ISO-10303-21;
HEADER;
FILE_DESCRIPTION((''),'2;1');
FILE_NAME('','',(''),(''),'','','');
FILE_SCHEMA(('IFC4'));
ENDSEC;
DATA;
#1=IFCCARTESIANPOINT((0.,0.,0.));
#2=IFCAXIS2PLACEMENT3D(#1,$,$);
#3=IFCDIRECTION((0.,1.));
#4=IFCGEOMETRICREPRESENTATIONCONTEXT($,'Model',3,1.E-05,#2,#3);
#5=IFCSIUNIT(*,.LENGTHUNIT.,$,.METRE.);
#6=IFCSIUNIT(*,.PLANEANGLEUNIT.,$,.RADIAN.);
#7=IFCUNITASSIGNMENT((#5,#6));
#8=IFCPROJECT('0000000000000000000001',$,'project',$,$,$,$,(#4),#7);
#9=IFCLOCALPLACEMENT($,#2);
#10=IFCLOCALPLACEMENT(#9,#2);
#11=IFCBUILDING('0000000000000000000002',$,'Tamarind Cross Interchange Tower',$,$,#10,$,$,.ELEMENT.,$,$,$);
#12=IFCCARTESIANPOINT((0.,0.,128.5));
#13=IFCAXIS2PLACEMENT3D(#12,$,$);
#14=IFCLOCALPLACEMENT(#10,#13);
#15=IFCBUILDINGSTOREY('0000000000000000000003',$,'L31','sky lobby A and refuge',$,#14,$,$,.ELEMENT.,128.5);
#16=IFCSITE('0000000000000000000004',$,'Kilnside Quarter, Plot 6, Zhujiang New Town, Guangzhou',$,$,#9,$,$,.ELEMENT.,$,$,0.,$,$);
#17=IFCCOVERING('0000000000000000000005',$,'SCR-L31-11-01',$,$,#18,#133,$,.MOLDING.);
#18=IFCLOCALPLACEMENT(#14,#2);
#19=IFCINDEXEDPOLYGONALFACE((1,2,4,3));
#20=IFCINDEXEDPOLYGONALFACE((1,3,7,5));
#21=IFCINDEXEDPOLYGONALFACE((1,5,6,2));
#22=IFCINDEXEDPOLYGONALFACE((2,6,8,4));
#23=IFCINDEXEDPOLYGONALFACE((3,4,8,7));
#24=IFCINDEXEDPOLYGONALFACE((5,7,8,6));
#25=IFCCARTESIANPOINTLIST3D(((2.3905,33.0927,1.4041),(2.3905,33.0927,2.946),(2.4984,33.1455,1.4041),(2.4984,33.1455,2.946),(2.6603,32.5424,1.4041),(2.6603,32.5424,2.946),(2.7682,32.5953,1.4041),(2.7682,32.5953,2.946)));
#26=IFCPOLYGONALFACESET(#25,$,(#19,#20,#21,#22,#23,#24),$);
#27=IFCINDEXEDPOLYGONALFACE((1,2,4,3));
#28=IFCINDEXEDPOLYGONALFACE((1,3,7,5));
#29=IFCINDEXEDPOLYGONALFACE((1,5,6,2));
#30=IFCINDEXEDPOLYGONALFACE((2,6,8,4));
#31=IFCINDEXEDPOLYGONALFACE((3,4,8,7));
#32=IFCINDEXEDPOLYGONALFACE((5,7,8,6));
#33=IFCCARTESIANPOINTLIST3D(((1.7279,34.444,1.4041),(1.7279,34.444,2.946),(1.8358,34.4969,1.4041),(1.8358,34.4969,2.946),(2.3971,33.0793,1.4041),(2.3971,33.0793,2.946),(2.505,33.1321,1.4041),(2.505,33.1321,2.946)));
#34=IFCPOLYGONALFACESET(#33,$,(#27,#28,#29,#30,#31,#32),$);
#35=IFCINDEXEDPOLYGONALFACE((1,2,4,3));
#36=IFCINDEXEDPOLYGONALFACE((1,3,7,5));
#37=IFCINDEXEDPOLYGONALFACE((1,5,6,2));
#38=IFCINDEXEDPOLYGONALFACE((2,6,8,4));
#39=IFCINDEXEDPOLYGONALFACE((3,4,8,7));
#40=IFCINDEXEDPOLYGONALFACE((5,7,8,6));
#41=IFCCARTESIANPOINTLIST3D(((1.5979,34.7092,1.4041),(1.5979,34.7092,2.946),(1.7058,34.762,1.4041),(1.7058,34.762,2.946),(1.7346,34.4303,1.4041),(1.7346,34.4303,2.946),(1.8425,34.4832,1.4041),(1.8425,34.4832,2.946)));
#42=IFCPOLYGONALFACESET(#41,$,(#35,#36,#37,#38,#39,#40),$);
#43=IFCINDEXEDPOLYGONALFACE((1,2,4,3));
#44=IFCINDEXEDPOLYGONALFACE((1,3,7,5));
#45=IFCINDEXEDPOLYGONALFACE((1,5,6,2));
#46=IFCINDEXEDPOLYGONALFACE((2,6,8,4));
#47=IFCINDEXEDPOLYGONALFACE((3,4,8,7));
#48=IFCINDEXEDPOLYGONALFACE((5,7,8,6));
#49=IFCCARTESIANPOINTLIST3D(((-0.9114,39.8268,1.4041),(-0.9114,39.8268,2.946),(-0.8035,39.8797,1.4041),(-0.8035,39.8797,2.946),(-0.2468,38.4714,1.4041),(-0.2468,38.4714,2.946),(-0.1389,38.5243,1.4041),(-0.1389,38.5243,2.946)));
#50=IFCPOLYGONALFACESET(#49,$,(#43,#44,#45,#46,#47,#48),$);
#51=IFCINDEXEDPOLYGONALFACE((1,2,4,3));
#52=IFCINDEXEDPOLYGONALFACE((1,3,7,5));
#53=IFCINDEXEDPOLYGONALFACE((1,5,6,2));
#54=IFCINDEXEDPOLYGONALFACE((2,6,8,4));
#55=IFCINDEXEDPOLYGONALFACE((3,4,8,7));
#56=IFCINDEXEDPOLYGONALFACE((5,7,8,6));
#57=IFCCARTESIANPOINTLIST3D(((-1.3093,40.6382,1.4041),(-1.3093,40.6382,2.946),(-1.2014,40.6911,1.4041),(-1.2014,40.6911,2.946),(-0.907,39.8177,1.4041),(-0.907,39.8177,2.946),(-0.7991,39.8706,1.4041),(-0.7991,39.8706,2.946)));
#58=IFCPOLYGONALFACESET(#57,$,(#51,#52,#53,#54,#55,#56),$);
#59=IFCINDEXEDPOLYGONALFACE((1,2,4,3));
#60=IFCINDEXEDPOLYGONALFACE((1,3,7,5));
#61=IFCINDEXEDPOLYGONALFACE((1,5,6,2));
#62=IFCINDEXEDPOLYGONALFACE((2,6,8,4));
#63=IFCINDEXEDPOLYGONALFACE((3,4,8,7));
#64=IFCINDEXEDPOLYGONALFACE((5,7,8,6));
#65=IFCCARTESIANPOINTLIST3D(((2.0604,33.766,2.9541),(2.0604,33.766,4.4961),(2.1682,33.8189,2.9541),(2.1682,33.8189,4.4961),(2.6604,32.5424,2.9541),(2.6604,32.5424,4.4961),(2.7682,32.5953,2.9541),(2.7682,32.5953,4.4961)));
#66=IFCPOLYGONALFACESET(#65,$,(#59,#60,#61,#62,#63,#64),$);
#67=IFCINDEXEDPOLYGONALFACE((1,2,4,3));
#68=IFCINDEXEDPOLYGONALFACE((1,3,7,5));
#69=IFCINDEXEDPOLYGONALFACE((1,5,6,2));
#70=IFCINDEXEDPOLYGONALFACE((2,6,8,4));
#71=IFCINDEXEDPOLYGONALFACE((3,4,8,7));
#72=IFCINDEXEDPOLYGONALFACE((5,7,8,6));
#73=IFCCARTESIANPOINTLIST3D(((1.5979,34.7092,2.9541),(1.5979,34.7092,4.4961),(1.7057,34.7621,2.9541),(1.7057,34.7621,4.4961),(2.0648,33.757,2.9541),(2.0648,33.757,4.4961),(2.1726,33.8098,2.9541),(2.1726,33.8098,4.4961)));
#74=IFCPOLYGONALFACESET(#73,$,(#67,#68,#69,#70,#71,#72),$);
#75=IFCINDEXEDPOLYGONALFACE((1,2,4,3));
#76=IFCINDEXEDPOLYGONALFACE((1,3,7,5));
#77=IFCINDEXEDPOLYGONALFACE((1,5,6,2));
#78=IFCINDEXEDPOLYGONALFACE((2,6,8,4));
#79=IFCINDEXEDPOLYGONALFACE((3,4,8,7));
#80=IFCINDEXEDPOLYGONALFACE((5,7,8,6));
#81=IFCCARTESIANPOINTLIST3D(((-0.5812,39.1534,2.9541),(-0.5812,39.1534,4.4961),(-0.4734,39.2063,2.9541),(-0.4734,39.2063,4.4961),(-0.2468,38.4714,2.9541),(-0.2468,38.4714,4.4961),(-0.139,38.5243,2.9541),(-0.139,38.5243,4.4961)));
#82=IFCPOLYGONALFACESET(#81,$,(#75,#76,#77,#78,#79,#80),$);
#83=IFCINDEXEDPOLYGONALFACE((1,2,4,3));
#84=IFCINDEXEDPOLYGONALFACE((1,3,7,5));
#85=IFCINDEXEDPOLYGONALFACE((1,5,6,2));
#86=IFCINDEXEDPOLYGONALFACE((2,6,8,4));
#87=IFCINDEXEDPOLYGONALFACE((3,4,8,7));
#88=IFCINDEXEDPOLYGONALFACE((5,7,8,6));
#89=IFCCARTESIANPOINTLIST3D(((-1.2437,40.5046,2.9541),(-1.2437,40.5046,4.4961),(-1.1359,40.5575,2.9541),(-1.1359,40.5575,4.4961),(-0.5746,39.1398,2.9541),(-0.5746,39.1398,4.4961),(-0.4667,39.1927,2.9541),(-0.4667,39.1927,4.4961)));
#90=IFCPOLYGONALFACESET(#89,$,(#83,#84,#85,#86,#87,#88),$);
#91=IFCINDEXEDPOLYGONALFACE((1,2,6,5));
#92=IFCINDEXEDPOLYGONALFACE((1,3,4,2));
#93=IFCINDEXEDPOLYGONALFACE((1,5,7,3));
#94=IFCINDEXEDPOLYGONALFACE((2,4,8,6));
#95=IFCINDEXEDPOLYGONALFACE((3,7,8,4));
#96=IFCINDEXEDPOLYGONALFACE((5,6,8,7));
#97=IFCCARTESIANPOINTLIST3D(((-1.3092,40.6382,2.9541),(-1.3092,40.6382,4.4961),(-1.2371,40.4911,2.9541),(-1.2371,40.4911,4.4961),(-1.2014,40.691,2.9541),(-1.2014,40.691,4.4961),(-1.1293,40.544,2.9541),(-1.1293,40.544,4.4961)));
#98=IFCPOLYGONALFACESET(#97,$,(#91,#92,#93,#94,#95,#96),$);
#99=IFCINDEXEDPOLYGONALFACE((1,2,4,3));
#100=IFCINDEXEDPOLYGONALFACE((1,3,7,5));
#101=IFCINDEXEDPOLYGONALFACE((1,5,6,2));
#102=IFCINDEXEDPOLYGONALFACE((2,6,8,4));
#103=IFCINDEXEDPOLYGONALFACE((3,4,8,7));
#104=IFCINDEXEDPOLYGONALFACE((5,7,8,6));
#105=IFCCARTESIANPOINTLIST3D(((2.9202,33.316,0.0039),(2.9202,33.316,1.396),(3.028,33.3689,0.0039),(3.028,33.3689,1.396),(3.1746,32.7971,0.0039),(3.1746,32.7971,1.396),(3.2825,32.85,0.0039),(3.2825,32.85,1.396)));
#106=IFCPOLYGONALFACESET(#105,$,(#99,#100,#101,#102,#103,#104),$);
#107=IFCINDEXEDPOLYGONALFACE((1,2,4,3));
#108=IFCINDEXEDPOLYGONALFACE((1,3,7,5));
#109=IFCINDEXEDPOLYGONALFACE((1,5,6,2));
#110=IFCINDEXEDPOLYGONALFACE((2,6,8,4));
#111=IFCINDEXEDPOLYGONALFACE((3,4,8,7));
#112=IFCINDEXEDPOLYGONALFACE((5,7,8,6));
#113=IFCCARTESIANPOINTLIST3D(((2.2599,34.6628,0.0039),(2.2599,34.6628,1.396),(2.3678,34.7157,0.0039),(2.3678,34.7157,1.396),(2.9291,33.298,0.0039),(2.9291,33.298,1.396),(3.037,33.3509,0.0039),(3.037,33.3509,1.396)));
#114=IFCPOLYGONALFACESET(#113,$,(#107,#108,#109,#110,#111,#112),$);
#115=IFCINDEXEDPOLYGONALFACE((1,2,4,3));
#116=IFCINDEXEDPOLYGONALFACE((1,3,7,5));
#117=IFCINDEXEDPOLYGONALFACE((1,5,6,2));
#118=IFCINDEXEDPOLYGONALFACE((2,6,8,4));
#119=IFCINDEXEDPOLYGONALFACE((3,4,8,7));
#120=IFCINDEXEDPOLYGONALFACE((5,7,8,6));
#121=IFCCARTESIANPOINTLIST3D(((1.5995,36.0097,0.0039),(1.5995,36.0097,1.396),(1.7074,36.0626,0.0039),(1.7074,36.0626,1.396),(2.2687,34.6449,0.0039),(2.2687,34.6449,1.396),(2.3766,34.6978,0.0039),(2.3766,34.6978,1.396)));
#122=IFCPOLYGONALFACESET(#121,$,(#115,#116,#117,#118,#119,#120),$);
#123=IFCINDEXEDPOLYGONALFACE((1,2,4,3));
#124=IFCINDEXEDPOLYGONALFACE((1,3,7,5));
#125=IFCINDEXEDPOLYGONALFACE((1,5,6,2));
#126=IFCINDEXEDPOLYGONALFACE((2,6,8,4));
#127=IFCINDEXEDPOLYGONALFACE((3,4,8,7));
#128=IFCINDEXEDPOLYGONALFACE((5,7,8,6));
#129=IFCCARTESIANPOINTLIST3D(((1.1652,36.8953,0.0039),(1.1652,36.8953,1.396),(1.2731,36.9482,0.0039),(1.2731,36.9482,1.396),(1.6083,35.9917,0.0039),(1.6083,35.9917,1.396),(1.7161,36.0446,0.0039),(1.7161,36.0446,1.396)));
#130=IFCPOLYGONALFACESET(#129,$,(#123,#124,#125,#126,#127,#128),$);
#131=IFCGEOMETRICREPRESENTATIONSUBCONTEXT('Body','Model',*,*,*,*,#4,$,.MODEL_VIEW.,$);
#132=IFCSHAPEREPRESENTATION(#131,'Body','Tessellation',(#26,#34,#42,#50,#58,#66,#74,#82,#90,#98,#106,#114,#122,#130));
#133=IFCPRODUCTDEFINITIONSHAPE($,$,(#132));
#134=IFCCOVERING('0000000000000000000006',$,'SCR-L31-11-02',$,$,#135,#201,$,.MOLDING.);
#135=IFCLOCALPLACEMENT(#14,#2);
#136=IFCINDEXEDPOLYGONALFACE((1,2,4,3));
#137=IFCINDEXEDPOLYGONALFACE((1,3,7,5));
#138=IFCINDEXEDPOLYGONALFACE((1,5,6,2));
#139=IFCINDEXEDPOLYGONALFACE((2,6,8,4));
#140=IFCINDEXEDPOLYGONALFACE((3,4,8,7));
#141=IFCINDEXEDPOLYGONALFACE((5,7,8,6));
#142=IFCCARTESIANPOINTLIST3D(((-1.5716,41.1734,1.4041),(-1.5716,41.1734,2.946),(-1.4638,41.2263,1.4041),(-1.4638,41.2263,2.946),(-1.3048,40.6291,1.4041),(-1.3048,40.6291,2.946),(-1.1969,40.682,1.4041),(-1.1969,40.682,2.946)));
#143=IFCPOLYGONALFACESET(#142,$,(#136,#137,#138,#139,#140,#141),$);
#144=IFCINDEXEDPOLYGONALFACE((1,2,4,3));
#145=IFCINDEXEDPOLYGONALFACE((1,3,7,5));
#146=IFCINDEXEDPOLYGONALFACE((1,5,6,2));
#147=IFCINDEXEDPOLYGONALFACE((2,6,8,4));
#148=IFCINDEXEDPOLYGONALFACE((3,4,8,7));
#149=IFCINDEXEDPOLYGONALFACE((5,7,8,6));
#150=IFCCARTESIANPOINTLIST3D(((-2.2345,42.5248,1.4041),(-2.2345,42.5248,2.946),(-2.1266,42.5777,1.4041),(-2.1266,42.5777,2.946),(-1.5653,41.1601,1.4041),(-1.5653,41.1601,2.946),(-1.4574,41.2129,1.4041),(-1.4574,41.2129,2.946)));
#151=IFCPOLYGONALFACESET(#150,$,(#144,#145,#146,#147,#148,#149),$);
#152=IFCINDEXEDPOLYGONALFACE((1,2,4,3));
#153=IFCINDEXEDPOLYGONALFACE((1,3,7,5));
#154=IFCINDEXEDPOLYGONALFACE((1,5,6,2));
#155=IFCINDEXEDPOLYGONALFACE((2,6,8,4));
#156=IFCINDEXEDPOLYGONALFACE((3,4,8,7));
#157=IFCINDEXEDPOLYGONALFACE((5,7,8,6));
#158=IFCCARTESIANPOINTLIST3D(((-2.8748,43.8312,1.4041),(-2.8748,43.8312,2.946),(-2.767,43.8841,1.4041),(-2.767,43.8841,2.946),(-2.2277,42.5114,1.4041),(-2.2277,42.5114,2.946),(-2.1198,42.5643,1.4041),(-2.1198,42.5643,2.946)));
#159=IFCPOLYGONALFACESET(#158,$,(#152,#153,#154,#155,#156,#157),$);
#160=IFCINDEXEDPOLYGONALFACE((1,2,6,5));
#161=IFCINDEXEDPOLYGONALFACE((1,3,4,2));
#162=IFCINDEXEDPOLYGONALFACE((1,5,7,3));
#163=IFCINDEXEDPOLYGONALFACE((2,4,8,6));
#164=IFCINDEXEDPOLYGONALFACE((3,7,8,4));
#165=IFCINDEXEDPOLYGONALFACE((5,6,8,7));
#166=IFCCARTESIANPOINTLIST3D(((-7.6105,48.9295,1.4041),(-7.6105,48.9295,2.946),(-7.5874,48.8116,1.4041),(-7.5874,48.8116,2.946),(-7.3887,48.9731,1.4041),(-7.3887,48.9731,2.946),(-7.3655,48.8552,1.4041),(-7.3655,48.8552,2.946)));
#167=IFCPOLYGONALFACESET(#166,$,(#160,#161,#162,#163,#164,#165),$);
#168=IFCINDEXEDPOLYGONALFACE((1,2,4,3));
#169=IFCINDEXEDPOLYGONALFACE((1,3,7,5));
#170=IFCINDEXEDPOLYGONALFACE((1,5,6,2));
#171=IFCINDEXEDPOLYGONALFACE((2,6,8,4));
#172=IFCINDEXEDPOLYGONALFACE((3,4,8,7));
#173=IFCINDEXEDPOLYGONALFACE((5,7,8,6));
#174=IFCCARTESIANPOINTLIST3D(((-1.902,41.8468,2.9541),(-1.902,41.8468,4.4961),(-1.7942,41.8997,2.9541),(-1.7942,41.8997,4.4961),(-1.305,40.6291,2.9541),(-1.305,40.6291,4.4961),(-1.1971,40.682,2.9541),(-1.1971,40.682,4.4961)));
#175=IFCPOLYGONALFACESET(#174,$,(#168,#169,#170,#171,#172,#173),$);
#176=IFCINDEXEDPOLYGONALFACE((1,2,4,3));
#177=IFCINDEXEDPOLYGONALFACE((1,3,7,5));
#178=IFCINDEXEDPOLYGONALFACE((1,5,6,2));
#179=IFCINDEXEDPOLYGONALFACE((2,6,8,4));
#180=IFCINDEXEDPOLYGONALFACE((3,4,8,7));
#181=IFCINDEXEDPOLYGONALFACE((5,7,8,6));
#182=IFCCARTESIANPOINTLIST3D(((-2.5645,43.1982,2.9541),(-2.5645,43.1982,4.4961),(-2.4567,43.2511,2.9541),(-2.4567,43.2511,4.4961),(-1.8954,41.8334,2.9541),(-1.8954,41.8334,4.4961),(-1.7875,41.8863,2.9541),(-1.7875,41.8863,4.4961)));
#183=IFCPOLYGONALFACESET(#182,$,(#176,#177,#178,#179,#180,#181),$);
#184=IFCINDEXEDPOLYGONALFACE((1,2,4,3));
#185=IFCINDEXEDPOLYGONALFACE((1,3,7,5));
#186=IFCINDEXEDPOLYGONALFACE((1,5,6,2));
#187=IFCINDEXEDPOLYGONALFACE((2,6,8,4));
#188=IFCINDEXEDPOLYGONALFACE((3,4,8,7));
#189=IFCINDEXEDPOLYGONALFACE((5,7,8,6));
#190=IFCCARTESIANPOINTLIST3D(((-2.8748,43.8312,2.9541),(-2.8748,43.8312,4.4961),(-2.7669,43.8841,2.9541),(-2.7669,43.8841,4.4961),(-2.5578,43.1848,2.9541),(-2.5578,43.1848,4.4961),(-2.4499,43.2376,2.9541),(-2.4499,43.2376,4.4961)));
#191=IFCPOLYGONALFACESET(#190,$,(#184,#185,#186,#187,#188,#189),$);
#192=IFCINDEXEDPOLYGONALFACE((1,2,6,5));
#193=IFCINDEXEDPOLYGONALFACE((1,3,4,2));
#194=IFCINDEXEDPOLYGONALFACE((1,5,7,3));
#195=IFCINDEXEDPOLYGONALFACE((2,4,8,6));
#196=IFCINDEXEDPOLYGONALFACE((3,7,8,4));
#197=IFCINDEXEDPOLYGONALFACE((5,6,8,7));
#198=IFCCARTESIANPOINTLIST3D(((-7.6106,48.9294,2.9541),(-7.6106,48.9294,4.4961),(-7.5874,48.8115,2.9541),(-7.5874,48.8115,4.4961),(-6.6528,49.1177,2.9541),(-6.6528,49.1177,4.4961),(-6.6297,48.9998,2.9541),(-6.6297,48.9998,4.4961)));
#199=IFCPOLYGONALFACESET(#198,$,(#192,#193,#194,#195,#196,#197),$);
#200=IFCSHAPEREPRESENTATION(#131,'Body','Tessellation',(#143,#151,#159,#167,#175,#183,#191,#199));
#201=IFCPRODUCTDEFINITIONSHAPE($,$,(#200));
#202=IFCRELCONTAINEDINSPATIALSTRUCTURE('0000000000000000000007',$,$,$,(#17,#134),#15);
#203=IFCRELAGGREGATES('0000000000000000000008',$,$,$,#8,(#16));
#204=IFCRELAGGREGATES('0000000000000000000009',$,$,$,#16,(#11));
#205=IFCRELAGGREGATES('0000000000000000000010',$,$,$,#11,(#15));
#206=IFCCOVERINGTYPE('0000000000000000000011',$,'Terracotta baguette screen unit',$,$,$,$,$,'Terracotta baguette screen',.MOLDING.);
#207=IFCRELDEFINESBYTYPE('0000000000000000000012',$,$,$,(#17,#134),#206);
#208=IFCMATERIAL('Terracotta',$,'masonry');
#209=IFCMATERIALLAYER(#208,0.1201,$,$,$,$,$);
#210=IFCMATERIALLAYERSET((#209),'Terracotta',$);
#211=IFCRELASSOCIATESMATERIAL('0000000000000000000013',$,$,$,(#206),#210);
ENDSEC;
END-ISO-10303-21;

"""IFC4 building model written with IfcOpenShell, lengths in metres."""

from ifc_helpers import new_model, si_unit, direction, frame, origin, origin_2d, place, context, subcontext, project, spatial, rectangle, extrude, material, layer, layer_set, type_object, element, save


model = new_model("IFC4")

# Units and contexts
model_context = context("Model", 3, precision=1e-05, world=origin(), true_north=direction((0.0, 1.0)))
body_context = subcontext(model_context, "Body", "Model", "MODEL_VIEW")
ifc_project = project(units=[si_unit("LENGTHUNIT", "METRE"), si_unit("PLANEANGLEUNIT", "RADIAN")], contexts=[model_context])

# Site, building, storey
site_placement = place(None, origin())
site = spatial("IfcSite", under=ifc_project, at=site_placement, Name="Kilnside Quarter, Plot 6, Zhujiang New Town, Guangzhou", CompositionType="ELEMENT", RefElevation=0.0)
building_placement = place(site_placement, origin())
building = spatial("IfcBuilding", under=site, at=building_placement, Name="Tamarind Cross Interchange Tower", CompositionType="ELEMENT")
storey_placement = place(building_placement, frame((0.0, 0.0, 128.5)))
storey = spatial("IfcBuildingStorey", under=building, at=storey_placement, Name="L31", Description="sky lobby A and refuge", CompositionType="ELEMENT", Elevation=128.5)

# Coverings
ifc_material_1 = material(Name="Terracotta", Category="masonry")
ifc_layer_1 = layer(ifc_material_1, 0.1201)
ifc_layer_set_1 = layer_set([ifc_layer_1], Name="Terracotta")
covering_type = type_object("IfcCoveringType", Name="Terracotta baguette screen unit", ElementType="Terracotta baguette screen", PredefinedType="MOLDING", material=ifc_layer_set_1)
covering_1_placement = place(storey_placement, origin())
element("IfcCovering", 1, at=covering_1_placement, inside=storey, type_object=covering_type, Name="SCR-L31-11-01", PredefinedType="MOLDING", context=body_context, shape_type="SweptSolid", body=[
    extrude(rectangle(XDim=0.6128, YDim=0.1201, at=origin_2d()), frame((2.5793, 32.844, 1.4041), z_axis=(0.0, 0.0, 1.0), x_axis=(-0.440253, 0.897874, 0.0)), (0.0, 0.0, 1.0), 1.542),
    extrude(rectangle(XDim=1.52, YDim=0.1201, at=origin_2d()), frame((2.1165, 33.7881, 1.4041), z_axis=(0.0, 0.0, 1.0), x_axis=(-0.440253, 0.897874, 0.0)), (0.0, 0.0, 1.0), 1.542),
    extrude(rectangle(XDim=0.3105, YDim=0.1201, at=origin_2d()), frame((1.7202, 34.5962, 1.4041), z_axis=(0.0, 0.0, 1.0), x_axis=(-0.440253, 0.897874, 0.0)), (0.0, 0.0, 1.0), 1.542),
    extrude(rectangle(XDim=1.5095, YDim=0.1201, at=origin_2d()), frame((-0.5251, 39.1755, 1.4041), z_axis=(0.0, 0.0, 1.0), x_axis=(-0.440253, 0.897874, 0.0)), (0.0, 0.0, 1.0), 1.542),
    extrude(rectangle(XDim=0.9138, YDim=0.1201, at=origin_2d()), frame((-1.0542, 40.2544, 1.4041), z_axis=(0.0, 0.0, 1.0), x_axis=(-0.440253, 0.897874, 0.0)), (0.0, 0.0, 1.0), 1.542),
    extrude(rectangle(XDim=1.3628, YDim=0.1201, at=origin_2d()), frame((2.4143, 33.1807, 2.9541), z_axis=(0.0, 0.0, 1.0), x_axis=(-0.440253, 0.897874, 0.0)), (0.0, 0.0, 1.0), 1.542),
    extrude(rectangle(XDim=1.0605, YDim=0.1201, at=origin_2d()), frame((1.8853, 34.2595, 2.9541), z_axis=(0.0, 0.0, 1.0), x_axis=(-0.440253, 0.897874, 0.0)), (0.0, 0.0, 1.0), 1.542),
    extrude(rectangle(XDim=0.7595, YDim=0.1201, at=origin_2d()), frame((-0.3601, 38.8389, 2.9541), z_axis=(0.0, 0.0, 1.0), x_axis=(-0.440253, 0.897874, 0.0)), (0.0, 0.0, 1.0), 1.542),
    extrude(rectangle(XDim=1.52, YDim=0.1201, at=origin_2d()), frame((-0.8552, 39.8486, 2.9541), z_axis=(0.0, 0.0, 1.0), x_axis=(-0.440253, 0.897874, 0.0)), (0.0, 0.0, 1.0), 1.542),
    extrude(rectangle(XDim=0.1638, YDim=0.1201, at=origin_2d()), frame((-1.2192, 40.5911, 2.9541), z_axis=(0.0, 0.0, 1.0), x_axis=(-0.440253, 0.897874, 0.0)), (0.0, 0.0, 1.0), 1.542),
    extrude(rectangle(XDim=0.5779, YDim=0.1201, at=origin_2d()), frame((3.1013, 33.083, 0.0039), z_axis=(0.0, 0.0, 1.0), x_axis=(-0.440253, 0.897874, 0.0)), (0.0, 0.0, 1.0), 1.3921),
    extrude(rectangle(XDim=1.52, YDim=0.1201, at=origin_2d()), frame((2.6484, 34.0068, 0.0039), z_axis=(0.0, 0.0, 1.0), x_axis=(-0.440253, 0.897874, 0.0)), (0.0, 0.0, 1.0), 1.3921),
    extrude(rectangle(XDim=1.52, YDim=0.1201, at=origin_2d()), frame((1.988, 35.3538, 0.0039), z_axis=(0.0, 0.0, 1.0), x_axis=(-0.440253, 0.897874, 0.0)), (0.0, 0.0, 1.0), 1.3921),
    extrude(rectangle(XDim=1.0063, YDim=0.1201, at=origin_2d()), frame((1.4407, 36.47, 0.0039), z_axis=(0.0, 0.0, 1.0), x_axis=(-0.440253, 0.897874, 0.0)), (0.0, 0.0, 1.0), 1.3921),
])
covering_2_placement = place(storey_placement, origin())
element("IfcCovering", 2, at=covering_2_placement, inside=storey, type_object=covering_type, Name="SCR-L31-11-02", PredefinedType="MOLDING", context=body_context, shape_type="SweptSolid", body=[
    extrude(rectangle(XDim=0.6062, YDim=0.1201, at=origin_2d()), frame((-1.3843, 40.9277, 1.4041), z_axis=(0.0, 0.0, 1.0), x_axis=(-0.440253, 0.897874, 0.0)), (0.0, 0.0, 1.0), 1.542),
    extrude(rectangle(XDim=1.52, YDim=0.1201, at=origin_2d()), frame((-1.8459, 41.8689, 1.4041), z_axis=(0.0, 0.0, 1.0), x_axis=(-0.440253, 0.897874, 0.0)), (0.0, 0.0, 1.0), 1.542),
    extrude(rectangle(XDim=1.47, YDim=0.1201, at=origin_2d()), frame((-2.4973, 43.1978, 1.4041), z_axis=(0.0, 0.0, 1.0), x_axis=(-0.440253, 0.897874, 0.0)), (0.0, 0.0, 1.0), 1.542),
    extrude(rectangle(XDim=0.2261, YDim=0.1201, at=origin_2d()), frame((-7.488, 48.8923, 1.4041), z_axis=(0.0, 0.0, 1.0), x_axis=(-0.981225, -0.192864, 0.0)), (0.0, 0.0, 1.0), 1.542),
    extrude(rectangle(XDim=1.3562, YDim=0.1201, at=origin_2d()), frame((-1.5496, 41.2644, 2.9541), z_axis=(0.0, 0.0, 1.0), x_axis=(-0.440253, 0.897874, 0.0)), (0.0, 0.0, 1.0), 1.542),
    extrude(rectangle(XDim=1.52, YDim=0.1201, at=origin_2d()), frame((-2.176, 42.5422, 2.9541), z_axis=(0.0, 0.0, 1.0), x_axis=(-0.440253, 0.897874, 0.0)), (0.0, 0.0, 1.0), 1.542),
    extrude(rectangle(XDim=0.72, YDim=0.1201, at=origin_2d()), frame((-2.6624, 43.5344, 2.9541), z_axis=(0.0, 0.0, 1.0), x_axis=(-0.440253, 0.897874, 0.0)), (0.0, 0.0, 1.0), 1.542),
    extrude(rectangle(XDim=0.9761, YDim=0.1201, at=origin_2d()), frame((-7.1201, 48.9646, 2.9541), z_axis=(0.0, 0.0, 1.0), x_axis=(-0.981225, -0.192864, 0.0)), (0.0, 0.0, 1.0), 1.542),
])

save(model, "model.ifc")
